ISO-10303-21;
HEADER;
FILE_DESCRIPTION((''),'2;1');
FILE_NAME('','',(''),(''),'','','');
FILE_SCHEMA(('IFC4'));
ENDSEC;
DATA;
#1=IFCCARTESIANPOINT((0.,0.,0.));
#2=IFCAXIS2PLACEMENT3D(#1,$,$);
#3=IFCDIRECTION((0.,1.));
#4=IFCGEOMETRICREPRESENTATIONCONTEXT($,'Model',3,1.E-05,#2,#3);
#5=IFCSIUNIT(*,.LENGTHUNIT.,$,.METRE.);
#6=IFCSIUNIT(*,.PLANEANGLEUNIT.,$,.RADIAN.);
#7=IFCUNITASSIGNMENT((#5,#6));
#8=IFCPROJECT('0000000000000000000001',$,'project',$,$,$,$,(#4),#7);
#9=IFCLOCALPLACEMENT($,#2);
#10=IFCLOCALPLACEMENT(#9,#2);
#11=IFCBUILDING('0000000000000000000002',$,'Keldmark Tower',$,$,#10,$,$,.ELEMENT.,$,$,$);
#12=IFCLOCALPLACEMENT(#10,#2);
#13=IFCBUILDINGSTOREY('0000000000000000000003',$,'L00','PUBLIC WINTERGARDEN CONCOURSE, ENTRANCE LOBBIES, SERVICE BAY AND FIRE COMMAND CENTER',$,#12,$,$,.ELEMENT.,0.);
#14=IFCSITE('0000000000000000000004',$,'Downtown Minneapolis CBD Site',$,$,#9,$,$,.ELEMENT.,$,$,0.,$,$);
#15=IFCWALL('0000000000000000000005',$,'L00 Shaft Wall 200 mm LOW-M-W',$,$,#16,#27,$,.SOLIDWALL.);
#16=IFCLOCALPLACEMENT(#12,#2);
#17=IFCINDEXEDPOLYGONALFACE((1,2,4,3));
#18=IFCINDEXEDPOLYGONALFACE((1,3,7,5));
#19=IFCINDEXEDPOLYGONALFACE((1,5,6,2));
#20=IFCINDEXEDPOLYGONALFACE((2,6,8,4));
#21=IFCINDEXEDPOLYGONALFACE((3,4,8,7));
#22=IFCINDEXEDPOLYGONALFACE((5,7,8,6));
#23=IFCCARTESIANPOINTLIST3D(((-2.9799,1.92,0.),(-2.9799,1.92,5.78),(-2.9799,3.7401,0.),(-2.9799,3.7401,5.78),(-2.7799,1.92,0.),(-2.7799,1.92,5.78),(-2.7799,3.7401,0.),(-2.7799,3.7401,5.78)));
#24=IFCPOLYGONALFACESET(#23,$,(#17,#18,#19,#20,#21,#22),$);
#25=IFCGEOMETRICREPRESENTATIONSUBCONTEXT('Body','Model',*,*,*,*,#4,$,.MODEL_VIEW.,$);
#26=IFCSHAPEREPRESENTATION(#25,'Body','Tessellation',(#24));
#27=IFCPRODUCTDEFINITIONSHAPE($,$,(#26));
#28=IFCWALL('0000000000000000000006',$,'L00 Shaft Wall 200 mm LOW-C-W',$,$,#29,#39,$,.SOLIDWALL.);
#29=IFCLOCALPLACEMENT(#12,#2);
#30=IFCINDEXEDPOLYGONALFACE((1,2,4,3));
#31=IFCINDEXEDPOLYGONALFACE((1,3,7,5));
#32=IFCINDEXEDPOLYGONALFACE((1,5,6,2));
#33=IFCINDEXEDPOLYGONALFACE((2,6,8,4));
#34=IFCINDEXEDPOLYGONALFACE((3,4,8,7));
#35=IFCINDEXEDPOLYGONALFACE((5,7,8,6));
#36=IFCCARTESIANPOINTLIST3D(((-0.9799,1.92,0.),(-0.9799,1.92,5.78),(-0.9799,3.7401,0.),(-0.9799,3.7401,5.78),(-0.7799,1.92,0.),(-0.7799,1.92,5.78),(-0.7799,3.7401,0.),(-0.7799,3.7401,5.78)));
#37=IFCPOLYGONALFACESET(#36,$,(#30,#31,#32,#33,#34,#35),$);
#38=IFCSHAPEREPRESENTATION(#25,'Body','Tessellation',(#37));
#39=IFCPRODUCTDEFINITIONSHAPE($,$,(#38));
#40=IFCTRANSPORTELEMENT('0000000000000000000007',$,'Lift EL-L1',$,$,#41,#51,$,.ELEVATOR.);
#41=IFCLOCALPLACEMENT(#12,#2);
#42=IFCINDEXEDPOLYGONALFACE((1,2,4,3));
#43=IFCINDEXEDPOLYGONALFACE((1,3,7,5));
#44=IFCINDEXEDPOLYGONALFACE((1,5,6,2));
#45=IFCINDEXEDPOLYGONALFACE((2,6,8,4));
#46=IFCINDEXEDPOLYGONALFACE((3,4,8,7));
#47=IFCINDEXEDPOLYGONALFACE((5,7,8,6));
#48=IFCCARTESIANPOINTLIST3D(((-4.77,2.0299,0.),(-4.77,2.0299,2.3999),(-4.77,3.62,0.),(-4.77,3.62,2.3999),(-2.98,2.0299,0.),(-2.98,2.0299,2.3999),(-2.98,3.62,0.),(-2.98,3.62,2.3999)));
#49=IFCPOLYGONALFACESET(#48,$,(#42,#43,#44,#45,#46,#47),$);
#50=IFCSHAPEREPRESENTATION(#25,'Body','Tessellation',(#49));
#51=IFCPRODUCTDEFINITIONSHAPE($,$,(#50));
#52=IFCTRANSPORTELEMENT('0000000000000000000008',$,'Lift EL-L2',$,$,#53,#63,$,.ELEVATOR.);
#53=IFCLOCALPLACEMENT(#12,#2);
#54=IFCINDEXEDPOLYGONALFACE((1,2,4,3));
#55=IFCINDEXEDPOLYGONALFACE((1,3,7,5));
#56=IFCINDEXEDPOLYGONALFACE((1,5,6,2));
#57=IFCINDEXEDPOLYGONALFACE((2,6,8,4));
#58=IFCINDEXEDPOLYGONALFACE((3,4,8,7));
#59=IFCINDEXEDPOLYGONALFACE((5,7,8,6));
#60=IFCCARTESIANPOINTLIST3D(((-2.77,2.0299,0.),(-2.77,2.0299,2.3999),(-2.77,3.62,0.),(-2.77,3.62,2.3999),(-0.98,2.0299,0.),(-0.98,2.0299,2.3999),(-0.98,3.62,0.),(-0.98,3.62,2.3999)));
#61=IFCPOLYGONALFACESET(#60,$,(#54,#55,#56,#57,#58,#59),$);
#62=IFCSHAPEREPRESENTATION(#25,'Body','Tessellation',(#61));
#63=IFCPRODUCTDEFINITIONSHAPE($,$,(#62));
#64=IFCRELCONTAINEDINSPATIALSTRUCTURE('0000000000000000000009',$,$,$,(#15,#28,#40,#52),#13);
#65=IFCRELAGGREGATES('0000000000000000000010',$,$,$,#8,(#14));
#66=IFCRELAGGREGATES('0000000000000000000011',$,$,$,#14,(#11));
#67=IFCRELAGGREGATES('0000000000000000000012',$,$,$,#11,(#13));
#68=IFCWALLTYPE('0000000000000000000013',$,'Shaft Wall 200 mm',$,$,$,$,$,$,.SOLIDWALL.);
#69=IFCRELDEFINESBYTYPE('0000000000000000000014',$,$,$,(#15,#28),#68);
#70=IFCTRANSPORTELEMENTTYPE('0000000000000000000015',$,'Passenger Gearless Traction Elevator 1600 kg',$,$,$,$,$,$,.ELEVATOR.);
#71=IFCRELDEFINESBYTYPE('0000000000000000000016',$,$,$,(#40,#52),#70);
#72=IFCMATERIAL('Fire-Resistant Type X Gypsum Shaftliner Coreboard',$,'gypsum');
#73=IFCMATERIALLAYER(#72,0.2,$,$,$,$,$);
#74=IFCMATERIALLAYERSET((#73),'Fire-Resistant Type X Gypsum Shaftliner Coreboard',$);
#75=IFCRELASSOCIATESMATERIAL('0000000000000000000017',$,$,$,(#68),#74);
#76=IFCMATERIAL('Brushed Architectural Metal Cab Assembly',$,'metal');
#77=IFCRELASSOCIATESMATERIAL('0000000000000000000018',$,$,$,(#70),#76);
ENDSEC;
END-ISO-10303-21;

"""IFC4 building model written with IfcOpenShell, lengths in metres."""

from ifc_helpers import new_model, si_unit, direction, frame, frame_2d, origin, origin_2d, place, context, subcontext, project, spatial, rectangle, extrude, material, layer, layer_set, type_object, element, save


model = new_model("IFC4")

# Units and contexts
model_context = context("Model", 3, precision=1e-05, world=origin(), true_north=direction((0.0, 1.0)))
body_context = subcontext(model_context, "Body", "Model", "MODEL_VIEW")
ifc_project = project(units=[si_unit("LENGTHUNIT", "METRE"), si_unit("PLANEANGLEUNIT", "RADIAN")], contexts=[model_context])

# Site, building, storey
site_placement = place(None, origin())
site = spatial("IfcSite", under=ifc_project, at=site_placement, Name="Downtown Minneapolis CBD Site", CompositionType="ELEMENT", RefElevation=0.0)
building_placement = place(site_placement, origin())
building = spatial("IfcBuilding", under=site, at=building_placement, Name="Keldmark Tower", CompositionType="ELEMENT")
storey_placement = place(building_placement, origin())
storey = spatial("IfcBuildingStorey", under=building, at=storey_placement, Name="L00", Description="PUBLIC WINTERGARDEN CONCOURSE, ENTRANCE LOBBIES, SERVICE BAY AND FIRE COMMAND CENTER", CompositionType="ELEMENT", Elevation=0.0)

# Walls
ifc_material_1 = material(Name="Fire-Resistant Type X Gypsum Shaftliner Coreboard", Category="gypsum")
ifc_layer_1 = layer(ifc_material_1, 0.2)
ifc_layer_set_1 = layer_set([ifc_layer_1], Name="Fire-Resistant Type X Gypsum Shaftliner Coreboard")
wall_type = type_object("IfcWallType", Name="Shaft Wall 200 mm", PredefinedType="SOLIDWALL", material=ifc_layer_set_1)
for number, where, z_axis, x_axis, name in (
    (1, (-2.8799, 1.9199, 0.0), (0.0, 0.0, 1.0), (0.0, 1.0, 0.0), "L00 Shaft Wall 200 mm LOW-M-W"),
    (2, (-0.8799, 1.9199, 0.0), (0.0, 0.0, 1.0), (0.0, 1.0, 0.0), "L00 Shaft Wall 200 mm LOW-C-W"),
):
    element("IfcWall", number, at=place(storey_placement, frame(where, z_axis=z_axis, x_axis=x_axis)), inside=storey, type_object=wall_type, Name=name, PredefinedType="SOLIDWALL", context=body_context, shape_type="SweptSolid", body=[
        extrude(rectangle(XDim=1.8201, YDim=0.2, at=frame_2d((0.9102, 0.0))), origin(), (0.0, 0.0, 1.0), 5.78),
    ])

# Transport elements
ifc_material_2 = material(Name="Brushed Architectural Metal Cab Assembly", Category="metal")
transport_element_type = type_object("IfcTransportElementType", Name="Passenger Gearless Traction Elevator 1600 kg", PredefinedType="ELEVATOR", material=ifc_material_2)
for number, where, z_axis, x_axis, name in (
    (3, (-3.875, 2.825, 0.0), (0.0, 0.0, 1.0), (1.0, 0.0, 0.0), "Lift EL-L1"),
    (4, (-1.875, 2.825, 0.0), (0.0, 0.0, 1.0), (1.0, 0.0, 0.0), "Lift EL-L2"),
):
    element("IfcTransportElement", number, at=place(storey_placement, frame(where, z_axis=z_axis, x_axis=x_axis)), inside=storey, type_object=transport_element_type, Name=name, PredefinedType="ELEVATOR", context=body_context, shape_type="SweptSolid", body=[
        extrude(rectangle(XDim=1.79, YDim=1.5901, at=origin_2d()), origin(), (0.0, 0.0, 1.0), 2.3999),
    ])

save(model, "model.ifc")
